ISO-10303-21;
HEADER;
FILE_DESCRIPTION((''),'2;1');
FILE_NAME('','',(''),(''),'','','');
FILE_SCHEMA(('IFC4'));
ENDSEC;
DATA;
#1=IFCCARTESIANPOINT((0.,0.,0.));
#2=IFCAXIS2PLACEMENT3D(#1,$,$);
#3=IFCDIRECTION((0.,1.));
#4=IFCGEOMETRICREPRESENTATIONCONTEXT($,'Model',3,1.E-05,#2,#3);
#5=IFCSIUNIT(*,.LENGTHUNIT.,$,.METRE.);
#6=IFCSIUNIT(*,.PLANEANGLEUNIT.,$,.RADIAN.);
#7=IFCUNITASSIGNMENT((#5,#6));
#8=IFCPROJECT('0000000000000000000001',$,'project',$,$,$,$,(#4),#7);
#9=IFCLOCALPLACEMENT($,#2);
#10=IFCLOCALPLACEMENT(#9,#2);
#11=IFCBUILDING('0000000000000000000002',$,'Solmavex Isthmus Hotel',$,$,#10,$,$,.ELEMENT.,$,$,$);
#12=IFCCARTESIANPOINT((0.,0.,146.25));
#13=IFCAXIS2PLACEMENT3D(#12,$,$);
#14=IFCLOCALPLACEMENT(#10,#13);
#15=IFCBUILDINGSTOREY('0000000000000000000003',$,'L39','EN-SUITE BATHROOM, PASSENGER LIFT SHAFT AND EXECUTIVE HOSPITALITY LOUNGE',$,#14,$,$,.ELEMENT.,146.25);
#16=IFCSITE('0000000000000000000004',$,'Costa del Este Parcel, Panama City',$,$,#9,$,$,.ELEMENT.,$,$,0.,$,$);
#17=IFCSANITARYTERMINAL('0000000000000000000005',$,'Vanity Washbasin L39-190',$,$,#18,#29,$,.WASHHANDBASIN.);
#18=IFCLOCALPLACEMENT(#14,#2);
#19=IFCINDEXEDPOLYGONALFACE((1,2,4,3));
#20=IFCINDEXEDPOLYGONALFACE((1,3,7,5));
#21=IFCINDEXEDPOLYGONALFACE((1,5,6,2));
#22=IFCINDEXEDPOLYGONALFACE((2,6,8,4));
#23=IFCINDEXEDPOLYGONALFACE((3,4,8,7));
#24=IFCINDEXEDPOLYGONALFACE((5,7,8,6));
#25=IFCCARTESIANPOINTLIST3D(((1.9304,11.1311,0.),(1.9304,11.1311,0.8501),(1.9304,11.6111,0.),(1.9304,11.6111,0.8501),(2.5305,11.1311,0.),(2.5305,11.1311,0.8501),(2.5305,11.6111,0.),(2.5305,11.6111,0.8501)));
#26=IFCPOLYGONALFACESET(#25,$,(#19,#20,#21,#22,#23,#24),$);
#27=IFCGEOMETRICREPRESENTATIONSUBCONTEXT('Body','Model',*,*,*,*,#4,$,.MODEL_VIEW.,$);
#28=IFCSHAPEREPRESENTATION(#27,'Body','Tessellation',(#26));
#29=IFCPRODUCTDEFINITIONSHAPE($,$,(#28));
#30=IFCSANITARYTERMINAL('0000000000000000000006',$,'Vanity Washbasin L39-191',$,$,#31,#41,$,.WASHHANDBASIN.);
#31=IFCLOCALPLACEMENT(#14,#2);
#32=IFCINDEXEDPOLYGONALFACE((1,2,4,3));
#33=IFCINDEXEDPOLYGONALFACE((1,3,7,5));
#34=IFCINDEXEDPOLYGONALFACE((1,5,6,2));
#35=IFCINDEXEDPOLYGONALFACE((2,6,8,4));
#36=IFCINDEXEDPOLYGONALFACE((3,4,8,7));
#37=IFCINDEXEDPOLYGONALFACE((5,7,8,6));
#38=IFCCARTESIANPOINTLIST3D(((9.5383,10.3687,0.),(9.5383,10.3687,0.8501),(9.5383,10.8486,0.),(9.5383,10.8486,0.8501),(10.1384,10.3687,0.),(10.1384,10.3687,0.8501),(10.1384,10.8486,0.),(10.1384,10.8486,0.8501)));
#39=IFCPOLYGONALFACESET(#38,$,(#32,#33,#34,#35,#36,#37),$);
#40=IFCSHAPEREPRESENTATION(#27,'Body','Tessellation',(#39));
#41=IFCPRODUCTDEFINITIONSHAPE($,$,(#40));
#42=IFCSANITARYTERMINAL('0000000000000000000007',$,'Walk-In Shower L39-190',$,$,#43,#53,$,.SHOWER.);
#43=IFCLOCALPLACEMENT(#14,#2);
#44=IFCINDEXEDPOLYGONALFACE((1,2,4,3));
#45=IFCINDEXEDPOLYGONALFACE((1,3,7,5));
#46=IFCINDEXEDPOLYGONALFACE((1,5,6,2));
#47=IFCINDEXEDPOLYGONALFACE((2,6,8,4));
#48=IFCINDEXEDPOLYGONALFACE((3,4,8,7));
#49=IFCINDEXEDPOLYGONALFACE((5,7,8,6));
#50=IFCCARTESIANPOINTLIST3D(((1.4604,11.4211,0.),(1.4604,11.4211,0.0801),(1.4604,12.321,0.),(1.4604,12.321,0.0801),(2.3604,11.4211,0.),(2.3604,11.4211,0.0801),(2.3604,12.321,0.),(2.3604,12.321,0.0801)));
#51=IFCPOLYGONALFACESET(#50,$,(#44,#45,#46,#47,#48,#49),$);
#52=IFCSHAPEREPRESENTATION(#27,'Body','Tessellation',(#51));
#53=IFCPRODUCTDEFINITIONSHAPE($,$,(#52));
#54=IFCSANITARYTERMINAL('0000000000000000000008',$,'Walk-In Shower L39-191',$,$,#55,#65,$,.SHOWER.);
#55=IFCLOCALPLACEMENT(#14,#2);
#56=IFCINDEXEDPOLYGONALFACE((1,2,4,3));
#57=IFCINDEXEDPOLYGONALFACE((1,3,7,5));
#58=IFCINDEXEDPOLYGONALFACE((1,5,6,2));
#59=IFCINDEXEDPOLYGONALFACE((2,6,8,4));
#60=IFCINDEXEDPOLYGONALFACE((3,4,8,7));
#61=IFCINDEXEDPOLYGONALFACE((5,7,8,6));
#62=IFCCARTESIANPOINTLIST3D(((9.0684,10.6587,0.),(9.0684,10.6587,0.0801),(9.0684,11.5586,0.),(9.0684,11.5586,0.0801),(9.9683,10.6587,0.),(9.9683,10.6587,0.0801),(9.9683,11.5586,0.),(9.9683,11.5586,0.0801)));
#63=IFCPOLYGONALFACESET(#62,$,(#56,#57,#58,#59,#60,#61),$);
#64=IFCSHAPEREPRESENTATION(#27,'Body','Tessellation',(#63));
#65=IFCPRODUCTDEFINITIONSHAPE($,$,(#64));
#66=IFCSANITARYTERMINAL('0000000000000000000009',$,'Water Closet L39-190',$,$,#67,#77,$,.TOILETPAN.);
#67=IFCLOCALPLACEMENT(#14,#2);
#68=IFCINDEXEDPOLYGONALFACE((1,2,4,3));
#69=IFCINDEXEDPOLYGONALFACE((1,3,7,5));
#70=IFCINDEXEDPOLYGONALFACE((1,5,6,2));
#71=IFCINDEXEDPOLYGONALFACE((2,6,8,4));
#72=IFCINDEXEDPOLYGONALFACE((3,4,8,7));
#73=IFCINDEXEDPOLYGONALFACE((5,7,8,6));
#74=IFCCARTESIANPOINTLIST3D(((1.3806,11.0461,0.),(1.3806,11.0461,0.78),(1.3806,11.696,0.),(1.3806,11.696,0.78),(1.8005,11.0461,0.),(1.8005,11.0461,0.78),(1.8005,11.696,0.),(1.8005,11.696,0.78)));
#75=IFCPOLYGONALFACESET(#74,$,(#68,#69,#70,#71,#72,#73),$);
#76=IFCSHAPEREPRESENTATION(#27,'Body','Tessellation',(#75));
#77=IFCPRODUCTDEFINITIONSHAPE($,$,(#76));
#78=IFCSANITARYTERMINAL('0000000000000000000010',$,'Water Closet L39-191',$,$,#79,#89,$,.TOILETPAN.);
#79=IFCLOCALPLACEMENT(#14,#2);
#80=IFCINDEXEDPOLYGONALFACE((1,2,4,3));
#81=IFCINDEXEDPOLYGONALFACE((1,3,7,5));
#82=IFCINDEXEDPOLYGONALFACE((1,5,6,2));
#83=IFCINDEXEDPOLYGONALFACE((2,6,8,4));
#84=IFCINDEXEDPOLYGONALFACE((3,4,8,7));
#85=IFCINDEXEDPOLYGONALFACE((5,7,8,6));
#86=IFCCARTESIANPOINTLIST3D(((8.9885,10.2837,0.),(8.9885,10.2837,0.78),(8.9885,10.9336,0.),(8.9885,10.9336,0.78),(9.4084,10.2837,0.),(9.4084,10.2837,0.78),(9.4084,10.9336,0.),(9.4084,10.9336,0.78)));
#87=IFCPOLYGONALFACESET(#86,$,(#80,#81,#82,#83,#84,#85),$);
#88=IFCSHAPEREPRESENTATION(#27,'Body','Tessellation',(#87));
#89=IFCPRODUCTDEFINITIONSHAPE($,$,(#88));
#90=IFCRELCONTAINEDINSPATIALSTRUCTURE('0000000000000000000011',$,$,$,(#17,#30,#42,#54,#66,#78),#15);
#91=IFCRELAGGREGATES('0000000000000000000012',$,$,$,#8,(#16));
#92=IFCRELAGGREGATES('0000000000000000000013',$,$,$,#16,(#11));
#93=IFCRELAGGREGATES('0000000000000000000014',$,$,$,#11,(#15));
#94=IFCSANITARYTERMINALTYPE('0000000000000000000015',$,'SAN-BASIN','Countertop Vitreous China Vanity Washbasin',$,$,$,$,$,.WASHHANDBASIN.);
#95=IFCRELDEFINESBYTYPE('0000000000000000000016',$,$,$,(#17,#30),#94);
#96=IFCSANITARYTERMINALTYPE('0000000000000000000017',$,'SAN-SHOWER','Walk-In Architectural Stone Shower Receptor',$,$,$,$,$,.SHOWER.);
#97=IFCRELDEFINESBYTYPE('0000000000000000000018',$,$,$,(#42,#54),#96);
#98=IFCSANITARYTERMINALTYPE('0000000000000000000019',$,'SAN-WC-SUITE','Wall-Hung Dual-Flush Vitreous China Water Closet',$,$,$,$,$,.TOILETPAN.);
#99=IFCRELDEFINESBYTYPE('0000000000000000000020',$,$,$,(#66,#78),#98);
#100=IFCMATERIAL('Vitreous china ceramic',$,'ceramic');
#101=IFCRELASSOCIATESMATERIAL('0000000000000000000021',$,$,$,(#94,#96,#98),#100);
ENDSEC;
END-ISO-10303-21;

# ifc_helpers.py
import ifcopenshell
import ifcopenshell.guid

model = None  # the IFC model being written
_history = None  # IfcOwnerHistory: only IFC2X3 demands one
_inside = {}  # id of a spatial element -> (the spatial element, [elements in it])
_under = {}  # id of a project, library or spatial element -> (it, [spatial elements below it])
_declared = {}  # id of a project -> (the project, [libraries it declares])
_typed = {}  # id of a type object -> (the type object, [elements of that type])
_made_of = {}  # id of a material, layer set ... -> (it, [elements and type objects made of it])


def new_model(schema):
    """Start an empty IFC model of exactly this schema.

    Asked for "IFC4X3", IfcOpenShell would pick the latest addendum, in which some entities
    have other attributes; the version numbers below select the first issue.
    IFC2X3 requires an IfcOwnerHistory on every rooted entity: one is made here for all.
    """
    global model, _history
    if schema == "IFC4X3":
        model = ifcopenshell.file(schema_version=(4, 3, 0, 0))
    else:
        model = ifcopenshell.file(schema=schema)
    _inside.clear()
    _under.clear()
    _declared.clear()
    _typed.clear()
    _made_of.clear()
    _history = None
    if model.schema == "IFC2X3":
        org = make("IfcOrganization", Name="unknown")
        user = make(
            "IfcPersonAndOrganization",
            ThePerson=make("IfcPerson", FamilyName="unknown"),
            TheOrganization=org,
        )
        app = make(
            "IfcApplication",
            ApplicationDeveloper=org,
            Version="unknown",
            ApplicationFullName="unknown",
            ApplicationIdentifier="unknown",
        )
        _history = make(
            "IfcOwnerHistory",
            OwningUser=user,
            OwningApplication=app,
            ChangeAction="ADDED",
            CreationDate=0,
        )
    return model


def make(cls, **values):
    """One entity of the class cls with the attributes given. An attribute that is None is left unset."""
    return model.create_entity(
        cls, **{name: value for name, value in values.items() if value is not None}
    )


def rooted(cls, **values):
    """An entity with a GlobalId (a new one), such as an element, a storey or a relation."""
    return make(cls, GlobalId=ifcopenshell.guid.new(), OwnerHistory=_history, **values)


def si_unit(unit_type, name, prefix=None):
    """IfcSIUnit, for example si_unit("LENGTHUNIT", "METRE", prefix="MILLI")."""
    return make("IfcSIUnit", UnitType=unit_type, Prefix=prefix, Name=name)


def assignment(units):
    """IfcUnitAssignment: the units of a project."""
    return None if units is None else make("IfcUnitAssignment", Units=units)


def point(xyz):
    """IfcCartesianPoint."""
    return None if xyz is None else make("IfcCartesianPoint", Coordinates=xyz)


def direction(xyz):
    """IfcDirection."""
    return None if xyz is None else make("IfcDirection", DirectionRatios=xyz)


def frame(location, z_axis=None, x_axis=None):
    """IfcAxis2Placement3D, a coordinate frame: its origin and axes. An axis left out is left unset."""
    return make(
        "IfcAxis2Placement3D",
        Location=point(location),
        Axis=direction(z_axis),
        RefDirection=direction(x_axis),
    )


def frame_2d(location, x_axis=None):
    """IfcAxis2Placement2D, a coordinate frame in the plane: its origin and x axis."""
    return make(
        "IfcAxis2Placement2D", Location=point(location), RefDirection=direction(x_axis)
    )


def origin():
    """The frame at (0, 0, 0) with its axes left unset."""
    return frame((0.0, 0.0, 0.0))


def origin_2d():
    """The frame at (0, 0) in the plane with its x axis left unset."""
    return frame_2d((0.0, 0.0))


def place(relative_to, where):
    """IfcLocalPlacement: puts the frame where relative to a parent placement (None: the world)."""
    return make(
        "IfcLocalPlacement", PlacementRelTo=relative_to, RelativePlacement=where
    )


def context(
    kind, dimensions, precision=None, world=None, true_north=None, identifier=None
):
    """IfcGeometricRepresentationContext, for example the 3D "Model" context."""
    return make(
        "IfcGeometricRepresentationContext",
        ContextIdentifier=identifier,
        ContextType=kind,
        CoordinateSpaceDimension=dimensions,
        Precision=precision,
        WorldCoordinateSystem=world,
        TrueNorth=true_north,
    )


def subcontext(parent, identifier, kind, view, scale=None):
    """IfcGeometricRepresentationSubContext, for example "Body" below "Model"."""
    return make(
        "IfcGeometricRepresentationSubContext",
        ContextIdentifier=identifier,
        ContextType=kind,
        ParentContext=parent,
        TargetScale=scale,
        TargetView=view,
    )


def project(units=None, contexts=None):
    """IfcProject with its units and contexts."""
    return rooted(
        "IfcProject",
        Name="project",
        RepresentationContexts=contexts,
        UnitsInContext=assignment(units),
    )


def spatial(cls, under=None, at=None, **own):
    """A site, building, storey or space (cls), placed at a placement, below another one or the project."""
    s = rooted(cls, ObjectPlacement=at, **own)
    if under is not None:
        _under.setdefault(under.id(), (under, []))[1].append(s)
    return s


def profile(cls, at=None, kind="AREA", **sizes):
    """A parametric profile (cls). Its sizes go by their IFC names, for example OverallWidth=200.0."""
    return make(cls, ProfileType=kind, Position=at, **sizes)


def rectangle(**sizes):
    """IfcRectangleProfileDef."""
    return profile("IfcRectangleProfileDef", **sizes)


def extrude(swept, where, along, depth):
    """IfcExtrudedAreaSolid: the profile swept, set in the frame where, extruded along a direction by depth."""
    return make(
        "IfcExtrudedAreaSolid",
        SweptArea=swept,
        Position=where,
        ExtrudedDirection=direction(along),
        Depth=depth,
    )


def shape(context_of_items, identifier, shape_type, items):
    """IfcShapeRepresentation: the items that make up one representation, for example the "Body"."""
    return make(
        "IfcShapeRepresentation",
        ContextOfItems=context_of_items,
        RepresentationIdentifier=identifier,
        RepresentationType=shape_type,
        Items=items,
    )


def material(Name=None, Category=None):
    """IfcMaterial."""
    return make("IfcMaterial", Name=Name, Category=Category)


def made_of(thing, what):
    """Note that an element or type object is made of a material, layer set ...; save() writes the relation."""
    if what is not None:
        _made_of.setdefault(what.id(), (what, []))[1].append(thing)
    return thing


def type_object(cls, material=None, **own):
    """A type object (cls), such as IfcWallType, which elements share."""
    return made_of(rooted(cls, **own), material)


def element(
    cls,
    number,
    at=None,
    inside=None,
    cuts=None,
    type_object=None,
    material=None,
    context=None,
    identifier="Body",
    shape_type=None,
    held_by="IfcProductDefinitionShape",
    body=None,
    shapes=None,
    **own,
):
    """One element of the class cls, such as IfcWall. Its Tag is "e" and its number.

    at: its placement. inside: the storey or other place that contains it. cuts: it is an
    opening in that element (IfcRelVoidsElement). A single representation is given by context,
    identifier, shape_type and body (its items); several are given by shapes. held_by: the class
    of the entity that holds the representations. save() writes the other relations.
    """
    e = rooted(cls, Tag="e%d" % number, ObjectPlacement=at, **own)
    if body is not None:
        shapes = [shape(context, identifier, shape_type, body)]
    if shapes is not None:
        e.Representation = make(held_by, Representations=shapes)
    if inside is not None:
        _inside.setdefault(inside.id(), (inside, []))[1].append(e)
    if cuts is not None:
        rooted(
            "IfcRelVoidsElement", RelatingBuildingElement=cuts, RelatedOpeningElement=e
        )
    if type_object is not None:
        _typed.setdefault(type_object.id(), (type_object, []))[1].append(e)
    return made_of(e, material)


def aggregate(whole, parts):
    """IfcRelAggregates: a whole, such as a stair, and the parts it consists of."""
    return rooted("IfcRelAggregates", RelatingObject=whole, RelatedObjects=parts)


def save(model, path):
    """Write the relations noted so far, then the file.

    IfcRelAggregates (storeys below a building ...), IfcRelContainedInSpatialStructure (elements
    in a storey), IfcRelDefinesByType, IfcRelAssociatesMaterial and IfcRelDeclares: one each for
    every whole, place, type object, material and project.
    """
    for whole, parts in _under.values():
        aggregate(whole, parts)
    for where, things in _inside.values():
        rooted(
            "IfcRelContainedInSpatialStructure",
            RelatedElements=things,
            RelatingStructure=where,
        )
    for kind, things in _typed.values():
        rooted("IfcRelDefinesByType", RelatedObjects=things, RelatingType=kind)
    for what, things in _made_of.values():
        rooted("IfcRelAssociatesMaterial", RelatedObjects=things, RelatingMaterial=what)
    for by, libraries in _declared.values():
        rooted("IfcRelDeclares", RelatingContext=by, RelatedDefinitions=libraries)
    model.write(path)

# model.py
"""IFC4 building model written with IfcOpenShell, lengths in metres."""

from ifc_helpers import new_model, si_unit, direction, frame, origin, origin_2d, place, context, subcontext, project, spatial, rectangle, extrude, material, type_object, element, save


model = new_model("IFC4")

# Units and contexts
model_context = context("Model", 3, precision=1e-05, world=origin(), true_north=direction((0.0, 1.0)))
body_context = subcontext(model_context, "Body", "Model", "MODEL_VIEW")
ifc_project = project(units=[si_unit("LENGTHUNIT", "METRE"), si_unit("PLANEANGLEUNIT", "RADIAN")], contexts=[model_context])

# Site, building, storey
site_placement = place(None, origin())
site = spatial("IfcSite", under=ifc_project, at=site_placement, Name="Costa del Este Parcel, Panama City", CompositionType="ELEMENT", RefElevation=0.0)
building_placement = place(site_placement, origin())
building = spatial("IfcBuilding", under=site, at=building_placement, Name="Solmavex Isthmus Hotel", CompositionType="ELEMENT")
storey_placement = place(building_placement, frame((0.0, 0.0, 146.25)))
storey = spatial("IfcBuildingStorey", under=building, at=storey_placement, Name="L39", Description="EN-SUITE BATHROOM, PASSENGER LIFT SHAFT AND EXECUTIVE HOSPITALITY LOUNGE", CompositionType="ELEMENT", Elevation=146.25)

# Sanitary terminals
ifc_material_1 = material(Name="Vitreous china ceramic", Category="ceramic")
sanitary_terminal_type_1 = type_object("IfcSanitaryTerminalType", Name="SAN-BASIN", Description="Countertop Vitreous China Vanity Washbasin", PredefinedType="WASHHANDBASIN", material=ifc_material_1)
for number, where, z_axis, x_axis, name in (
    (1, (2.2305, 11.3711, 0.0), (0.0, 0.0, 1.0), (1.0, 0.0, 0.0), "Vanity Washbasin L39-190"),
    (2, (9.8384, 10.6086, 0.0), (0.0, 0.0, 1.0), (1.0, 0.0, 0.0), "Vanity Washbasin L39-191"),
):
    element("IfcSanitaryTerminal", number, at=place(storey_placement, frame(where, z_axis=z_axis, x_axis=x_axis)), inside=storey, type_object=sanitary_terminal_type_1, Name=name, PredefinedType="WASHHANDBASIN", context=body_context, shape_type="SweptSolid", body=[
        extrude(rectangle(XDim=0.6001, YDim=0.48, at=origin_2d()), origin(), (0.0, 0.0, 1.0), 0.8501),
    ])
sanitary_terminal_type_2 = type_object("IfcSanitaryTerminalType", Name="SAN-SHOWER", Description="Walk-In Architectural Stone Shower Receptor", PredefinedType="SHOWER", material=ifc_material_1)
for number, where, z_axis, x_axis, name in (
    (3, (1.9104, 11.8711, 0.0), (0.0, 0.0, 1.0), (1.0, 0.0, 0.0), "Walk-In Shower L39-190"),
    (4, (9.5183, 11.1086, 0.0), (0.0, 0.0, 1.0), (1.0, 0.0, 0.0), "Walk-In Shower L39-191"),
):
    element("IfcSanitaryTerminal", number, at=place(storey_placement, frame(where, z_axis=z_axis, x_axis=x_axis)), inside=storey, type_object=sanitary_terminal_type_2, Name=name, PredefinedType="SHOWER", context=body_context, shape_type="SweptSolid", body=[
        extrude(rectangle(XDim=0.8999, YDim=0.8999, at=origin_2d()), origin(), (0.0, 0.0, 1.0), 0.0801),
    ])
sanitary_terminal_type_3 = type_object("IfcSanitaryTerminalType", Name="SAN-WC-SUITE", Description="Wall-Hung Dual-Flush Vitreous China Water Closet", PredefinedType="TOILETPAN", material=ifc_material_1)
for number, where, z_axis, x_axis, name in (
    (5, (1.5906, 11.3711, 0.0), (0.0, 0.0, 1.0), (1.0, 0.0, 0.0), "Water Closet L39-190"),
    (6, (9.1985, 10.6086, 0.0), (0.0, 0.0, 1.0), (1.0, 0.0, 0.0), "Water Closet L39-191"),
):
    element("IfcSanitaryTerminal", number, at=place(storey_placement, frame(where, z_axis=z_axis, x_axis=x_axis)), inside=storey, type_object=sanitary_terminal_type_3, Name=name, PredefinedType="TOILETPAN", context=body_context, shape_type="SweptSolid", body=[
        extrude(rectangle(XDim=0.4199, YDim=0.6499, at=origin_2d()), origin(), (0.0, 0.0, 1.0), 0.78),
    ])

save(model, "model.ifc")
